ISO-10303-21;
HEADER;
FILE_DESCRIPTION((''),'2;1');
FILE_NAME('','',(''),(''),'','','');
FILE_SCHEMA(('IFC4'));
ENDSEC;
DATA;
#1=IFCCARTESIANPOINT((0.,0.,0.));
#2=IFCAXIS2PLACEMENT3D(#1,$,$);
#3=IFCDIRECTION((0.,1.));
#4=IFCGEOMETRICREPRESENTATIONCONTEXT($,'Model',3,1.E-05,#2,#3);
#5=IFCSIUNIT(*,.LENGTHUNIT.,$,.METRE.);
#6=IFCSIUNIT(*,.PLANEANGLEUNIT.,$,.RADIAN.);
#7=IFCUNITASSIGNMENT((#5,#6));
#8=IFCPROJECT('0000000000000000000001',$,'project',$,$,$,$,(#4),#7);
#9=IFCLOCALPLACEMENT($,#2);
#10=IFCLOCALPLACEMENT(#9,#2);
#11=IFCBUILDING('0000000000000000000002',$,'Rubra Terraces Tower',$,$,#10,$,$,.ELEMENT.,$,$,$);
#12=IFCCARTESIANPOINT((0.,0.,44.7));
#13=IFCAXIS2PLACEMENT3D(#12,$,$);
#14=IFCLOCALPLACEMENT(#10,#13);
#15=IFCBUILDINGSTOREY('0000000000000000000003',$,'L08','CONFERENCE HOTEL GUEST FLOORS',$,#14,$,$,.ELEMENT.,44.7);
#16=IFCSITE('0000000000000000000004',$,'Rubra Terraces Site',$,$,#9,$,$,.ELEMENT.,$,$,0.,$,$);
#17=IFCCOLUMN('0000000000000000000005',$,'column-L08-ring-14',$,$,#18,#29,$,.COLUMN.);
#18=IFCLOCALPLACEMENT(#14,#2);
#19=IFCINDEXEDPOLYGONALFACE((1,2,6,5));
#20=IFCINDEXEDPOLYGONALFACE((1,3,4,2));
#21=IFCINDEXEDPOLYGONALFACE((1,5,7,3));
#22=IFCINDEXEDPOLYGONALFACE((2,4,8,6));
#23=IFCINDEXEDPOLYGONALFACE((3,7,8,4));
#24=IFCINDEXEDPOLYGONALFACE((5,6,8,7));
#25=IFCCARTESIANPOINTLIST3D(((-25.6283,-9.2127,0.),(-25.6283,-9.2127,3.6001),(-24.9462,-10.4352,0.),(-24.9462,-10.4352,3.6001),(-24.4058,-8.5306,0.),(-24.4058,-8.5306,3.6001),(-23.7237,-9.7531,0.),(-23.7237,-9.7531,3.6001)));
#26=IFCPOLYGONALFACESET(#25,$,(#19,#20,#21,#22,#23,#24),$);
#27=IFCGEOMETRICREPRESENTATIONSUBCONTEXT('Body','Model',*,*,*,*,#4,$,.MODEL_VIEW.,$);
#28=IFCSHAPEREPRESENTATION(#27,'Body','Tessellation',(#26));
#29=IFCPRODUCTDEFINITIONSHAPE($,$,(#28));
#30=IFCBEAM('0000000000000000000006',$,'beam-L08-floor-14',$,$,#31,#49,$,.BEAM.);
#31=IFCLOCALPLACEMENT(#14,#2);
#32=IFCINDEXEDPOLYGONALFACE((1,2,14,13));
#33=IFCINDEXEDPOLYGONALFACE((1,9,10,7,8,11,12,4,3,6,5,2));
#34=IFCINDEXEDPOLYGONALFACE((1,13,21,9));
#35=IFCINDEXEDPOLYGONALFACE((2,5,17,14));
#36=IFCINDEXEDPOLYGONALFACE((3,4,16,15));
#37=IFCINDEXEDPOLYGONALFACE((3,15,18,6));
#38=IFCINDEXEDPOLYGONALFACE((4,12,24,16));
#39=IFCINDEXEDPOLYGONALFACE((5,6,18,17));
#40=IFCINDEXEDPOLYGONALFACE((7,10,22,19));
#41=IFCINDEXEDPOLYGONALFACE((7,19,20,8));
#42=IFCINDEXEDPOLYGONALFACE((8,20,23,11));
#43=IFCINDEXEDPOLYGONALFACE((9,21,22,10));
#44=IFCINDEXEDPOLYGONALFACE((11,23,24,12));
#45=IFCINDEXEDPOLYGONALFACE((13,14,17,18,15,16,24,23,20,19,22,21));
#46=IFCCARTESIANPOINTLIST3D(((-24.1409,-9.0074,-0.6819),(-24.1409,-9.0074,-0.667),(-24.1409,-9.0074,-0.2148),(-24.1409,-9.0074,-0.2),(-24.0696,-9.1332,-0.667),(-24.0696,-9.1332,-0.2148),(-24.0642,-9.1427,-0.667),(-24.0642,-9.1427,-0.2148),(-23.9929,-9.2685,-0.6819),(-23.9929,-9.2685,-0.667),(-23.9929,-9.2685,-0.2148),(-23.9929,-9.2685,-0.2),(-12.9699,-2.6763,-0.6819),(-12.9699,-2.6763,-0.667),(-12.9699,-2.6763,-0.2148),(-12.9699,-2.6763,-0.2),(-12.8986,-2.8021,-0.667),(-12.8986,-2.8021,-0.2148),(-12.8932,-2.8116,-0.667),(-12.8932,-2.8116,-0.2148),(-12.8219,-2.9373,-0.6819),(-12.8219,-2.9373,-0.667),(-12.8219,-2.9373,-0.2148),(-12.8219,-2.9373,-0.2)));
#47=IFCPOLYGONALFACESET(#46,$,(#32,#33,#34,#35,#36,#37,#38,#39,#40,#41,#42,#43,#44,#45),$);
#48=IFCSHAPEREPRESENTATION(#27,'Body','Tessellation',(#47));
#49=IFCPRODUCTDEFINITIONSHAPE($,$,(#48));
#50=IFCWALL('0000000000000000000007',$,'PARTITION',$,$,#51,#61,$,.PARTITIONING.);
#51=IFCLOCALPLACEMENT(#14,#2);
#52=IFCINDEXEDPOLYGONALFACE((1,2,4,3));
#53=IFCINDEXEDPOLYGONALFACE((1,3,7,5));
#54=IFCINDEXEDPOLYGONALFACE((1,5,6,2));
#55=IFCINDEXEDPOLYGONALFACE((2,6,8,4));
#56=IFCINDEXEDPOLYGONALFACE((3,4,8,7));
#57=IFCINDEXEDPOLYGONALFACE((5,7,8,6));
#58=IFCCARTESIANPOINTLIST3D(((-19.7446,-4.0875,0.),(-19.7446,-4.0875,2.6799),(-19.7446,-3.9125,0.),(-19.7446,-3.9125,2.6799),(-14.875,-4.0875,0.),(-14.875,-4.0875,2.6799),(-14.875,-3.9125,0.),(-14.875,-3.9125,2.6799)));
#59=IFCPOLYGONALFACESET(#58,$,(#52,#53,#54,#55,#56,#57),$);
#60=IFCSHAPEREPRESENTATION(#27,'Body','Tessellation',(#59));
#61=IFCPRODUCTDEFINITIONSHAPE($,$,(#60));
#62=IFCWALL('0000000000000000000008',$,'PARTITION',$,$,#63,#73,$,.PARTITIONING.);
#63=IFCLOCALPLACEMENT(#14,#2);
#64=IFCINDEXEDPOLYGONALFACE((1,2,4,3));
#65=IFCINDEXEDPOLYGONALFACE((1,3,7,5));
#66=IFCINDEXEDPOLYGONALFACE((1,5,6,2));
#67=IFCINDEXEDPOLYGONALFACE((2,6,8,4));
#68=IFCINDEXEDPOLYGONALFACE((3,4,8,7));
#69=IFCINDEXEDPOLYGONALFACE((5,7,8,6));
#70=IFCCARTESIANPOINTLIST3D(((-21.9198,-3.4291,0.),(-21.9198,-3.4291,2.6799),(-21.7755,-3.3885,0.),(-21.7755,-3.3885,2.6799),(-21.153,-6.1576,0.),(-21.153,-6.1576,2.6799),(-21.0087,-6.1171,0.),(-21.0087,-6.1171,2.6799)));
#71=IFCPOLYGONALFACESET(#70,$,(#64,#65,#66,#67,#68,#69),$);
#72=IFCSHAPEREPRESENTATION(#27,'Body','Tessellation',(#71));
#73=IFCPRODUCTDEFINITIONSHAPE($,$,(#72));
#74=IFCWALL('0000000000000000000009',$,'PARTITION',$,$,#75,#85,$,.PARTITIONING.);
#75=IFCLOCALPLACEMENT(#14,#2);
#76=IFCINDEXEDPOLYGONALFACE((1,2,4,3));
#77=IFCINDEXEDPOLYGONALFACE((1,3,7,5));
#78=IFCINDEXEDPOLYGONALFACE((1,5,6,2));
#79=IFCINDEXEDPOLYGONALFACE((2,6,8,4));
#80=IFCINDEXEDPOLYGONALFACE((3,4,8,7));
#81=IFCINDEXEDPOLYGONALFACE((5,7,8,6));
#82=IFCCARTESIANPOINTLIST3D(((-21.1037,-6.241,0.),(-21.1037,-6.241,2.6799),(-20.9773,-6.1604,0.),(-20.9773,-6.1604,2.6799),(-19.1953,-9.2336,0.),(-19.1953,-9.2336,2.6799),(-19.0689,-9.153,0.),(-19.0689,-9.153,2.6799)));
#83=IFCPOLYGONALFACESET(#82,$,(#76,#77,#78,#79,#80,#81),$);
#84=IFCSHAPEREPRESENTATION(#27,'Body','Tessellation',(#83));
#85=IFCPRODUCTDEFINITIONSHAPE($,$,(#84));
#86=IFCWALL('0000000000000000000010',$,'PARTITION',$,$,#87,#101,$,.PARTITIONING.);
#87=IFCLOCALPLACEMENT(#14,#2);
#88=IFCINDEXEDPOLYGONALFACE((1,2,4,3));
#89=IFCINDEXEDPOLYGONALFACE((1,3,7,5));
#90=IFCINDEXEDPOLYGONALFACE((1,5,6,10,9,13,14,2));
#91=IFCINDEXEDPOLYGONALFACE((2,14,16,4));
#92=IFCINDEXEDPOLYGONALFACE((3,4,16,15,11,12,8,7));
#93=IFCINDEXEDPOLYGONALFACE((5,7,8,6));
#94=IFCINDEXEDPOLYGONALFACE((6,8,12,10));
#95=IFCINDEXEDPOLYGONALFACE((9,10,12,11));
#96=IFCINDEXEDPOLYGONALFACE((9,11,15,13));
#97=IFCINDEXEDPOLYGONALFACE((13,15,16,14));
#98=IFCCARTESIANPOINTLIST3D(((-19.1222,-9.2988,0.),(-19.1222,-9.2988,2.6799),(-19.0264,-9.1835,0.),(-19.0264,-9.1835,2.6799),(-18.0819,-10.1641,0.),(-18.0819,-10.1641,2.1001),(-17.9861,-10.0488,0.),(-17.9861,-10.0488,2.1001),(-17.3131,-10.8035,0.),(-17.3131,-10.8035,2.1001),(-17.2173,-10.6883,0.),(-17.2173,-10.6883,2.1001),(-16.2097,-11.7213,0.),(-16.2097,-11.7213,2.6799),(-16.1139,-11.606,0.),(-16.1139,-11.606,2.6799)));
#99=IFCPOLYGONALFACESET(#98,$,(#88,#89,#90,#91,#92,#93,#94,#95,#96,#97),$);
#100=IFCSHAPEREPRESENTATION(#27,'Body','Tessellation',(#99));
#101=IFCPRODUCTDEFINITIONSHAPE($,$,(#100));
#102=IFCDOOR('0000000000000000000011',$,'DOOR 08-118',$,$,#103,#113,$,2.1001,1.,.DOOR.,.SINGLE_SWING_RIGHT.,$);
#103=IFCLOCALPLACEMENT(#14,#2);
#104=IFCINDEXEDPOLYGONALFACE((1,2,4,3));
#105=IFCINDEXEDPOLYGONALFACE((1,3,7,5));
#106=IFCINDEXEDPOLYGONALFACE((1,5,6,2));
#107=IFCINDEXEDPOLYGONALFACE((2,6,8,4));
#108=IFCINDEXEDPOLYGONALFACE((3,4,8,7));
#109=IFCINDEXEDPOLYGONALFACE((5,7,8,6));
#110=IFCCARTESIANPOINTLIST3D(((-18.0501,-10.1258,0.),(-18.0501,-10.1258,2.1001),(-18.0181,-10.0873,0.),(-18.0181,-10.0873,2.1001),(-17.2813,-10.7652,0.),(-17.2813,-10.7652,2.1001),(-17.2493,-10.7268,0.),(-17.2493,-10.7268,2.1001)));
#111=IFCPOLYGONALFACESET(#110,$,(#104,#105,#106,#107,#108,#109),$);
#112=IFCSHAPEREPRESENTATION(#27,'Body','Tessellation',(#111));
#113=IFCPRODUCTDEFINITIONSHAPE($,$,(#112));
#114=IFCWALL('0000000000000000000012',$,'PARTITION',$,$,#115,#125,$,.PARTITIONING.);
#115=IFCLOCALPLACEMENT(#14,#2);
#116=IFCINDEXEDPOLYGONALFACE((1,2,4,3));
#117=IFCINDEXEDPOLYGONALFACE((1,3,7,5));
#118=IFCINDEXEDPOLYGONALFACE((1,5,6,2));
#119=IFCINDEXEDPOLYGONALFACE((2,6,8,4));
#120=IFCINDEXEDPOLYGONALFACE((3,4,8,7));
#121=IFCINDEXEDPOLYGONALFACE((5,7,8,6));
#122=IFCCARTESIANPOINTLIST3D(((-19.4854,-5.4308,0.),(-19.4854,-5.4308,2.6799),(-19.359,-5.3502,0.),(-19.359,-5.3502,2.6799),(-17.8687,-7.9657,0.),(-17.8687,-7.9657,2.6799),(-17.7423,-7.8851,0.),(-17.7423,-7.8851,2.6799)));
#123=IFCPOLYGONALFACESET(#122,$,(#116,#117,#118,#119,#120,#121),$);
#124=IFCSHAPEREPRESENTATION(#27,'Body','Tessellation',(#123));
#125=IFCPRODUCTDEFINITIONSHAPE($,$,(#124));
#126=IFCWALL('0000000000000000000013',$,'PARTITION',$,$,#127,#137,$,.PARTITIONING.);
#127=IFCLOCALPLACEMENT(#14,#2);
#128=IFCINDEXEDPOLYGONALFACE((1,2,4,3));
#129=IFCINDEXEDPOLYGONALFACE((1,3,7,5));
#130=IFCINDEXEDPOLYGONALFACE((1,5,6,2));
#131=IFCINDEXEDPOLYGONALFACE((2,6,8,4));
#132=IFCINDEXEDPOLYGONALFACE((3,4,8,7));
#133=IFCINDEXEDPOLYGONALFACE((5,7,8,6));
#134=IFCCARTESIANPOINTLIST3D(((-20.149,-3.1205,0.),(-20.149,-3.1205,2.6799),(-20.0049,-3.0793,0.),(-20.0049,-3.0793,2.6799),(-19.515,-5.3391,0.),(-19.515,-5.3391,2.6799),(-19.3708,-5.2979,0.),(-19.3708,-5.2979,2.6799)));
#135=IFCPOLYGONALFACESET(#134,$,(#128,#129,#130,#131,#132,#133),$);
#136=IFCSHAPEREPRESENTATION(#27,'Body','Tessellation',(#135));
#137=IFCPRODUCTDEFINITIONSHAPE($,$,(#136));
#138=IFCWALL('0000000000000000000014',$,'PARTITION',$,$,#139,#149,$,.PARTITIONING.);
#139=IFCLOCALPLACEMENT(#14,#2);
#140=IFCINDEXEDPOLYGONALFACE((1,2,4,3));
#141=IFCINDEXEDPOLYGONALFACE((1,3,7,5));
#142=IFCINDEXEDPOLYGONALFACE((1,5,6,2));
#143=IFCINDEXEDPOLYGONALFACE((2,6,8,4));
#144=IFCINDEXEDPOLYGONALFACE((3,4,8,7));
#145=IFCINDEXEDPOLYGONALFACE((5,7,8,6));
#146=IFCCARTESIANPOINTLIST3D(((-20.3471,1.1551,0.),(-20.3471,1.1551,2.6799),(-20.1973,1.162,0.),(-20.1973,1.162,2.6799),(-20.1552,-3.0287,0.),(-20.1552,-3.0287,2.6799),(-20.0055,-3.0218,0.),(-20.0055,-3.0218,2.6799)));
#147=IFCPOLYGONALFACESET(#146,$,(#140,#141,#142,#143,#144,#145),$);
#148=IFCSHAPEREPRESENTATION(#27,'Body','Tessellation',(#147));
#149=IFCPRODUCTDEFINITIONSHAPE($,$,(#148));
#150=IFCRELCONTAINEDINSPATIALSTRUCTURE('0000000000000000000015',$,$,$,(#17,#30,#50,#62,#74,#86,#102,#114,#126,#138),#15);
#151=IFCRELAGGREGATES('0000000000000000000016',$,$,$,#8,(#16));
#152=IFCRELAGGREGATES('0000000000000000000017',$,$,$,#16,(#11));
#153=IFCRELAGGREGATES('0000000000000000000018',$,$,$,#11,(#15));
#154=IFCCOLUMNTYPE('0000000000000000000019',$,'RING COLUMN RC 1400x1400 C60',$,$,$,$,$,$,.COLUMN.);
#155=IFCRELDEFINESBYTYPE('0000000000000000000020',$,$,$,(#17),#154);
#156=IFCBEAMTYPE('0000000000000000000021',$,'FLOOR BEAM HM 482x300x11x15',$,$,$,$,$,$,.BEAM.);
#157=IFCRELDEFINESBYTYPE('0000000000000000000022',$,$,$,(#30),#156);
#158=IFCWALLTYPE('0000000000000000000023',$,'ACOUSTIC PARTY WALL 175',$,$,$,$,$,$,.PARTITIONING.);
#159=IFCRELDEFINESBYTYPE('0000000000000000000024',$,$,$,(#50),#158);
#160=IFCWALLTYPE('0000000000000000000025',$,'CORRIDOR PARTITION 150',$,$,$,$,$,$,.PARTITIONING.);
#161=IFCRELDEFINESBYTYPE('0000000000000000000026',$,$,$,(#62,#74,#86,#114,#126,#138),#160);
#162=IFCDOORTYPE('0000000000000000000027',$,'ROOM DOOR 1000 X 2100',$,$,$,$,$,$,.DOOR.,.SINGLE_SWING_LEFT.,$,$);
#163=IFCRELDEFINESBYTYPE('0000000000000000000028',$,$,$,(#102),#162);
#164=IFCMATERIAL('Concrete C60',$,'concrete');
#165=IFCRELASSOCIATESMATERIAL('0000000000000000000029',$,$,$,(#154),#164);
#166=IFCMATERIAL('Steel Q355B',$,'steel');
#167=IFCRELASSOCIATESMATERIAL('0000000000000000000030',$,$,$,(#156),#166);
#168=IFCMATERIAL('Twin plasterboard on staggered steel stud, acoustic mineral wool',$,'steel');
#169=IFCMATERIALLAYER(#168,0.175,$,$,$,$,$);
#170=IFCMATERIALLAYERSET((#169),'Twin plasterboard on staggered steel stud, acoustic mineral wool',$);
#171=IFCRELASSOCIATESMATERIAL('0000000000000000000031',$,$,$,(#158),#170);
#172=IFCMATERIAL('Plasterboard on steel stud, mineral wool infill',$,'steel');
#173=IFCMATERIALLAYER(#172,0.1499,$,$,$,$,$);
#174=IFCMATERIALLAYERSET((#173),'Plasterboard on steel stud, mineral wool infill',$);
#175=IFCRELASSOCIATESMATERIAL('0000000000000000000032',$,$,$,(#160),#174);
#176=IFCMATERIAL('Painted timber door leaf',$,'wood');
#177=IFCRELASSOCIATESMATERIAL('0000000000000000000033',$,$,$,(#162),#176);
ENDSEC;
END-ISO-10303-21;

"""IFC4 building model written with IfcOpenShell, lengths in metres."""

from ifc_helpers import new_model, si_unit, direction, frame, frame_2d, origin, origin_2d, place, context, subcontext, project, spatial, rectangle, i_section, extrude, material, layer, layer_set, material_profile, profile_set, type_object, element, fill, save


model = new_model("IFC4")

# Units and contexts
model_context = context("Model", 3, precision=1e-05, world=origin(), true_north=direction((0.0, 1.0)))
body_context = subcontext(model_context, "Body", "Model", "MODEL_VIEW")
ifc_project = project(units=[si_unit("LENGTHUNIT", "METRE"), si_unit("PLANEANGLEUNIT", "RADIAN")], contexts=[model_context])

# Site, building, storey
site_placement = place(None, origin())
site = spatial("IfcSite", under=ifc_project, at=site_placement, Name="Rubra Terraces Site", CompositionType="ELEMENT", RefElevation=0.0)
building_placement = place(site_placement, origin())
building = spatial("IfcBuilding", under=site, at=building_placement, Name="Rubra Terraces Tower", CompositionType="ELEMENT")
storey_placement = place(building_placement, frame((0.0, 0.0, 44.7)))
storey = spatial("IfcBuildingStorey", under=building, at=storey_placement, Name="L08", Description="CONFERENCE HOTEL GUEST FLOORS", CompositionType="ELEMENT", Elevation=44.7)

# Column
ifc_material_1 = material(Name="Concrete C60", Category="concrete")
ifc_material_profile_1 = material_profile(ifc_material_1, rectangle(XDim=1.3999, YDim=1.3999, at=origin_2d()), Name="RC 1400x1400")
ifc_profile_set_1 = profile_set([ifc_material_profile_1], Name="Concrete C60")
column_type = type_object("IfcColumnType", Name="RING COLUMN RC 1400x1400 C60", PredefinedType="COLUMN", material=ifc_profile_set_1)
column_placement = place(storey_placement, frame((-24.676, -9.4829, 0.0), z_axis=(0.0, 0.0, 1.0), x_axis=(0.487227, -0.873276, 0.0)))
element("IfcColumn", 1, at=column_placement, inside=storey, type_object=column_type, Name="column-L08-ring-14", PredefinedType="COLUMN", context=body_context, shape_type="SweptSolid", body=[
    extrude(rectangle(XDim=1.3999, YDim=1.3999, at=origin_2d()), origin(), (0.0, 0.0, 1.0), 3.6001),
])

# Beam
ifc_material_2 = material(Name="Steel Q355B", Category="steel")
ifc_material_profile_2 = material_profile(ifc_material_2, i_section(OverallWidth=0.3, OverallDepth=0.4819, WebThickness=0.011, FlangeThickness=0.0149, at=origin_2d()), Name="HM 482x300x11x15")
ifc_profile_set_2 = profile_set([ifc_material_profile_2], Name="Steel Q355B")
beam_type = type_object("IfcBeamType", Name="FLOOR BEAM HM 482x300x11x15", PredefinedType="BEAM", material=ifc_profile_set_2)
beam_placement = place(storey_placement, frame((-24.0669, -9.1379, -0.4409), z_axis=(0.869993, 0.493064, 0.0), x_axis=(-0.493064, 0.869993, 0.0)))
element("IfcBeam", 2, at=beam_placement, inside=storey, type_object=beam_type, Name="beam-L08-floor-14", PredefinedType="BEAM", context=body_context, shape_type="SweptSolid", body=[
    extrude(i_section(OverallWidth=0.3, OverallDepth=0.4819, WebThickness=0.011, FlangeThickness=0.0149, at=origin_2d()), origin(), (0.0, 0.0, 1.0), 12.8403),
])

# Walls
ifc_material_3 = material(Name="Twin plasterboard on staggered steel stud, acoustic mineral wool", Category="steel")
ifc_layer_1 = layer(ifc_material_3, 0.175)
ifc_layer_set_1 = layer_set([ifc_layer_1], Name="Twin plasterboard on staggered steel stud, acoustic mineral wool")
wall_type_1 = type_object("IfcWallType", Name="ACOUSTIC PARTY WALL 175", PredefinedType="PARTITIONING", material=ifc_layer_set_1)
wall_1_placement = place(storey_placement, frame((-19.7446, -4.0, 0.0), z_axis=(0.0, 0.0, 1.0), x_axis=(1.0, 0.0, 0.0)))
element("IfcWall", 3, at=wall_1_placement, inside=storey, type_object=wall_type_1, Name="PARTITION", PredefinedType="PARTITIONING", context=body_context, shape_type="SweptSolid", body=[
    extrude(rectangle(XDim=4.8696, YDim=0.175, at=frame_2d((2.4348, 0.0))), origin(), (0.0, 0.0, 1.0), 2.6799),
])
ifc_material_4 = material(Name="Plasterboard on steel stud, mineral wool infill", Category="steel")
ifc_layer_2 = layer(ifc_material_4, 0.1499)
ifc_layer_set_2 = layer_set([ifc_layer_2], Name="Plasterboard on steel stud, mineral wool infill")
wall_type_2 = type_object("IfcWallType", Name="CORRIDOR PARTITION 150", PredefinedType="PARTITIONING", material=ifc_layer_set_2)
wall_2_placement = place(storey_placement, frame((-21.8477, -3.4089, 0.0), z_axis=(0.0, 0.0, 1.0), x_axis=(0.270566, -0.962701, 0.0)))
element("IfcWall", 4, at=wall_2_placement, inside=storey, type_object=wall_type_2, Name="PARTITION", PredefinedType="PARTITIONING", context=body_context, shape_type="SweptSolid", body=[
    extrude(rectangle(XDim=2.8342, YDim=0.1499, at=frame_2d((1.417, 0.0))), origin(), (0.0, 0.0, 1.0), 2.6799),
])
wall_3_placement = place(storey_placement, frame((-21.0405, -6.2007, 0.0), z_axis=(0.0, 0.0, 1.0), x_axis=(0.537681, -0.843148, 0.0)))
element("IfcWall", 5, at=wall_3_placement, inside=storey, type_object=wall_type_2, Name="PARTITION", PredefinedType="PARTITIONING", context=body_context, shape_type="SweptSolid", body=[
    extrude(rectangle(XDim=3.5493, YDim=0.1499, at=frame_2d((1.7747, 0.0))), origin(), (0.0, 0.0, 1.0), 2.6799),
])

# Wall, opening, door
wall_4_placement = place(storey_placement, frame((-19.0742, -9.2412, 0.0), z_axis=(0.0, 0.0, 1.0), x_axis=(0.768813, -0.639474, 0.0)))
wall_4 = element("IfcWall", 6, at=wall_4_placement, inside=storey, type_object=wall_type_2, Name="PARTITION", PredefinedType="PARTITIONING", context=body_context, shape_type="SweptSolid", body=[
    extrude(rectangle(XDim=3.7883, YDim=0.1499, at=frame_2d((1.894, 0.0))), origin(), (0.0, 0.0, 1.0), 2.6799),
])
opening_1_placement = place(wall_4_placement, frame((1.353, 0.0, 0.0)))
opening_1 = element("IfcOpeningElement", 7, at=opening_1_placement, cuts=wall_4, PredefinedType="OPENING", context=body_context, shape_type="SweptSolid", body=[
    extrude(rectangle(XDim=1.0, YDim=2.1001, at=frame_2d((0.5, 1.05))), frame((0.0, 0.085, 0.0), z_axis=(0.0, -1.0, 0.0), x_axis=(1.0, 0.0, 0.0)), (0.0, 0.0, 1.0), 0.1699),
])
ifc_material_5 = material(Name="Painted timber door leaf", Category="wood")
door_type_1 = type_object("IfcDoorType", Name="ROOM DOOR 1000 X 2100", OperationType="SINGLE_SWING_LEFT", PredefinedType="DOOR", material=ifc_material_5)
door_1_placement = place(opening_1_placement, origin())
door_1 = element("IfcDoor", 8, at=door_1_placement, inside=storey, type_object=door_type_1, Name="DOOR 08-118", OperationType="SINGLE_SWING_RIGHT", OverallHeight=2.1001, OverallWidth=1.0, PredefinedType="DOOR", context=body_context, shape_type="SweptSolid", body=[
    extrude(rectangle(XDim=1.0, YDim=2.1001, at=frame_2d((0.5, 1.05))), frame((0.0, 0.0249, 0.0), z_axis=(0.0, -1.0, 0.0), x_axis=(1.0, 0.0, 0.0)), (0.0, 0.0, 1.0), 0.05),
])
fill(opening_1, door_1)

# Walls
wall_5_placement = place(storey_placement, frame((-17.8054, -7.9255, 0.0), z_axis=(0.0, 0.0, 1.0), x_axis=(-0.537721, 0.843123, 0.0)))
element("IfcWall", 9, at=wall_5_placement, inside=storey, type_object=wall_type_2, Name="PARTITION", PredefinedType="PARTITIONING", context=body_context, shape_type="SweptSolid", body=[
    extrude(rectangle(XDim=3.0066, YDim=0.1499, at=frame_2d((1.5034, 0.0))), origin(), (0.0, 0.0, 1.0), 2.6799),
])
wall_6_placement = place(storey_placement, frame((-19.4429, -5.3186, 0.0), z_axis=(0.0, 0.0, 1.0), x_axis=(-0.274791, 0.961504, 0.0)))
element("IfcWall", 10, at=wall_6_placement, inside=storey, type_object=wall_type_2, Name="PARTITION", PredefinedType="PARTITIONING", context=body_context, shape_type="SweptSolid", body=[
    extrude(rectangle(XDim=2.3074, YDim=0.1499, at=frame_2d((1.1538, 0.0))), origin(), (0.0, 0.0, 1.0), 2.6799),
])
wall_7_placement = place(storey_placement, frame((-20.0803, -3.0254, 0.0), z_axis=(0.0, 0.0, 1.0), x_axis=(-0.045818, 0.99895, 0.0)))
element("IfcWall", 11, at=wall_7_placement, inside=storey, type_object=wall_type_2, Name="PARTITION", PredefinedType="PARTITIONING", context=body_context, shape_type="SweptSolid", body=[
    extrude(rectangle(XDim=4.1882, YDim=0.1499, at=frame_2d((2.0942, 0.0))), origin(), (0.0, 0.0, 1.0), 2.6799),
])

save(model, "model.ifc")
